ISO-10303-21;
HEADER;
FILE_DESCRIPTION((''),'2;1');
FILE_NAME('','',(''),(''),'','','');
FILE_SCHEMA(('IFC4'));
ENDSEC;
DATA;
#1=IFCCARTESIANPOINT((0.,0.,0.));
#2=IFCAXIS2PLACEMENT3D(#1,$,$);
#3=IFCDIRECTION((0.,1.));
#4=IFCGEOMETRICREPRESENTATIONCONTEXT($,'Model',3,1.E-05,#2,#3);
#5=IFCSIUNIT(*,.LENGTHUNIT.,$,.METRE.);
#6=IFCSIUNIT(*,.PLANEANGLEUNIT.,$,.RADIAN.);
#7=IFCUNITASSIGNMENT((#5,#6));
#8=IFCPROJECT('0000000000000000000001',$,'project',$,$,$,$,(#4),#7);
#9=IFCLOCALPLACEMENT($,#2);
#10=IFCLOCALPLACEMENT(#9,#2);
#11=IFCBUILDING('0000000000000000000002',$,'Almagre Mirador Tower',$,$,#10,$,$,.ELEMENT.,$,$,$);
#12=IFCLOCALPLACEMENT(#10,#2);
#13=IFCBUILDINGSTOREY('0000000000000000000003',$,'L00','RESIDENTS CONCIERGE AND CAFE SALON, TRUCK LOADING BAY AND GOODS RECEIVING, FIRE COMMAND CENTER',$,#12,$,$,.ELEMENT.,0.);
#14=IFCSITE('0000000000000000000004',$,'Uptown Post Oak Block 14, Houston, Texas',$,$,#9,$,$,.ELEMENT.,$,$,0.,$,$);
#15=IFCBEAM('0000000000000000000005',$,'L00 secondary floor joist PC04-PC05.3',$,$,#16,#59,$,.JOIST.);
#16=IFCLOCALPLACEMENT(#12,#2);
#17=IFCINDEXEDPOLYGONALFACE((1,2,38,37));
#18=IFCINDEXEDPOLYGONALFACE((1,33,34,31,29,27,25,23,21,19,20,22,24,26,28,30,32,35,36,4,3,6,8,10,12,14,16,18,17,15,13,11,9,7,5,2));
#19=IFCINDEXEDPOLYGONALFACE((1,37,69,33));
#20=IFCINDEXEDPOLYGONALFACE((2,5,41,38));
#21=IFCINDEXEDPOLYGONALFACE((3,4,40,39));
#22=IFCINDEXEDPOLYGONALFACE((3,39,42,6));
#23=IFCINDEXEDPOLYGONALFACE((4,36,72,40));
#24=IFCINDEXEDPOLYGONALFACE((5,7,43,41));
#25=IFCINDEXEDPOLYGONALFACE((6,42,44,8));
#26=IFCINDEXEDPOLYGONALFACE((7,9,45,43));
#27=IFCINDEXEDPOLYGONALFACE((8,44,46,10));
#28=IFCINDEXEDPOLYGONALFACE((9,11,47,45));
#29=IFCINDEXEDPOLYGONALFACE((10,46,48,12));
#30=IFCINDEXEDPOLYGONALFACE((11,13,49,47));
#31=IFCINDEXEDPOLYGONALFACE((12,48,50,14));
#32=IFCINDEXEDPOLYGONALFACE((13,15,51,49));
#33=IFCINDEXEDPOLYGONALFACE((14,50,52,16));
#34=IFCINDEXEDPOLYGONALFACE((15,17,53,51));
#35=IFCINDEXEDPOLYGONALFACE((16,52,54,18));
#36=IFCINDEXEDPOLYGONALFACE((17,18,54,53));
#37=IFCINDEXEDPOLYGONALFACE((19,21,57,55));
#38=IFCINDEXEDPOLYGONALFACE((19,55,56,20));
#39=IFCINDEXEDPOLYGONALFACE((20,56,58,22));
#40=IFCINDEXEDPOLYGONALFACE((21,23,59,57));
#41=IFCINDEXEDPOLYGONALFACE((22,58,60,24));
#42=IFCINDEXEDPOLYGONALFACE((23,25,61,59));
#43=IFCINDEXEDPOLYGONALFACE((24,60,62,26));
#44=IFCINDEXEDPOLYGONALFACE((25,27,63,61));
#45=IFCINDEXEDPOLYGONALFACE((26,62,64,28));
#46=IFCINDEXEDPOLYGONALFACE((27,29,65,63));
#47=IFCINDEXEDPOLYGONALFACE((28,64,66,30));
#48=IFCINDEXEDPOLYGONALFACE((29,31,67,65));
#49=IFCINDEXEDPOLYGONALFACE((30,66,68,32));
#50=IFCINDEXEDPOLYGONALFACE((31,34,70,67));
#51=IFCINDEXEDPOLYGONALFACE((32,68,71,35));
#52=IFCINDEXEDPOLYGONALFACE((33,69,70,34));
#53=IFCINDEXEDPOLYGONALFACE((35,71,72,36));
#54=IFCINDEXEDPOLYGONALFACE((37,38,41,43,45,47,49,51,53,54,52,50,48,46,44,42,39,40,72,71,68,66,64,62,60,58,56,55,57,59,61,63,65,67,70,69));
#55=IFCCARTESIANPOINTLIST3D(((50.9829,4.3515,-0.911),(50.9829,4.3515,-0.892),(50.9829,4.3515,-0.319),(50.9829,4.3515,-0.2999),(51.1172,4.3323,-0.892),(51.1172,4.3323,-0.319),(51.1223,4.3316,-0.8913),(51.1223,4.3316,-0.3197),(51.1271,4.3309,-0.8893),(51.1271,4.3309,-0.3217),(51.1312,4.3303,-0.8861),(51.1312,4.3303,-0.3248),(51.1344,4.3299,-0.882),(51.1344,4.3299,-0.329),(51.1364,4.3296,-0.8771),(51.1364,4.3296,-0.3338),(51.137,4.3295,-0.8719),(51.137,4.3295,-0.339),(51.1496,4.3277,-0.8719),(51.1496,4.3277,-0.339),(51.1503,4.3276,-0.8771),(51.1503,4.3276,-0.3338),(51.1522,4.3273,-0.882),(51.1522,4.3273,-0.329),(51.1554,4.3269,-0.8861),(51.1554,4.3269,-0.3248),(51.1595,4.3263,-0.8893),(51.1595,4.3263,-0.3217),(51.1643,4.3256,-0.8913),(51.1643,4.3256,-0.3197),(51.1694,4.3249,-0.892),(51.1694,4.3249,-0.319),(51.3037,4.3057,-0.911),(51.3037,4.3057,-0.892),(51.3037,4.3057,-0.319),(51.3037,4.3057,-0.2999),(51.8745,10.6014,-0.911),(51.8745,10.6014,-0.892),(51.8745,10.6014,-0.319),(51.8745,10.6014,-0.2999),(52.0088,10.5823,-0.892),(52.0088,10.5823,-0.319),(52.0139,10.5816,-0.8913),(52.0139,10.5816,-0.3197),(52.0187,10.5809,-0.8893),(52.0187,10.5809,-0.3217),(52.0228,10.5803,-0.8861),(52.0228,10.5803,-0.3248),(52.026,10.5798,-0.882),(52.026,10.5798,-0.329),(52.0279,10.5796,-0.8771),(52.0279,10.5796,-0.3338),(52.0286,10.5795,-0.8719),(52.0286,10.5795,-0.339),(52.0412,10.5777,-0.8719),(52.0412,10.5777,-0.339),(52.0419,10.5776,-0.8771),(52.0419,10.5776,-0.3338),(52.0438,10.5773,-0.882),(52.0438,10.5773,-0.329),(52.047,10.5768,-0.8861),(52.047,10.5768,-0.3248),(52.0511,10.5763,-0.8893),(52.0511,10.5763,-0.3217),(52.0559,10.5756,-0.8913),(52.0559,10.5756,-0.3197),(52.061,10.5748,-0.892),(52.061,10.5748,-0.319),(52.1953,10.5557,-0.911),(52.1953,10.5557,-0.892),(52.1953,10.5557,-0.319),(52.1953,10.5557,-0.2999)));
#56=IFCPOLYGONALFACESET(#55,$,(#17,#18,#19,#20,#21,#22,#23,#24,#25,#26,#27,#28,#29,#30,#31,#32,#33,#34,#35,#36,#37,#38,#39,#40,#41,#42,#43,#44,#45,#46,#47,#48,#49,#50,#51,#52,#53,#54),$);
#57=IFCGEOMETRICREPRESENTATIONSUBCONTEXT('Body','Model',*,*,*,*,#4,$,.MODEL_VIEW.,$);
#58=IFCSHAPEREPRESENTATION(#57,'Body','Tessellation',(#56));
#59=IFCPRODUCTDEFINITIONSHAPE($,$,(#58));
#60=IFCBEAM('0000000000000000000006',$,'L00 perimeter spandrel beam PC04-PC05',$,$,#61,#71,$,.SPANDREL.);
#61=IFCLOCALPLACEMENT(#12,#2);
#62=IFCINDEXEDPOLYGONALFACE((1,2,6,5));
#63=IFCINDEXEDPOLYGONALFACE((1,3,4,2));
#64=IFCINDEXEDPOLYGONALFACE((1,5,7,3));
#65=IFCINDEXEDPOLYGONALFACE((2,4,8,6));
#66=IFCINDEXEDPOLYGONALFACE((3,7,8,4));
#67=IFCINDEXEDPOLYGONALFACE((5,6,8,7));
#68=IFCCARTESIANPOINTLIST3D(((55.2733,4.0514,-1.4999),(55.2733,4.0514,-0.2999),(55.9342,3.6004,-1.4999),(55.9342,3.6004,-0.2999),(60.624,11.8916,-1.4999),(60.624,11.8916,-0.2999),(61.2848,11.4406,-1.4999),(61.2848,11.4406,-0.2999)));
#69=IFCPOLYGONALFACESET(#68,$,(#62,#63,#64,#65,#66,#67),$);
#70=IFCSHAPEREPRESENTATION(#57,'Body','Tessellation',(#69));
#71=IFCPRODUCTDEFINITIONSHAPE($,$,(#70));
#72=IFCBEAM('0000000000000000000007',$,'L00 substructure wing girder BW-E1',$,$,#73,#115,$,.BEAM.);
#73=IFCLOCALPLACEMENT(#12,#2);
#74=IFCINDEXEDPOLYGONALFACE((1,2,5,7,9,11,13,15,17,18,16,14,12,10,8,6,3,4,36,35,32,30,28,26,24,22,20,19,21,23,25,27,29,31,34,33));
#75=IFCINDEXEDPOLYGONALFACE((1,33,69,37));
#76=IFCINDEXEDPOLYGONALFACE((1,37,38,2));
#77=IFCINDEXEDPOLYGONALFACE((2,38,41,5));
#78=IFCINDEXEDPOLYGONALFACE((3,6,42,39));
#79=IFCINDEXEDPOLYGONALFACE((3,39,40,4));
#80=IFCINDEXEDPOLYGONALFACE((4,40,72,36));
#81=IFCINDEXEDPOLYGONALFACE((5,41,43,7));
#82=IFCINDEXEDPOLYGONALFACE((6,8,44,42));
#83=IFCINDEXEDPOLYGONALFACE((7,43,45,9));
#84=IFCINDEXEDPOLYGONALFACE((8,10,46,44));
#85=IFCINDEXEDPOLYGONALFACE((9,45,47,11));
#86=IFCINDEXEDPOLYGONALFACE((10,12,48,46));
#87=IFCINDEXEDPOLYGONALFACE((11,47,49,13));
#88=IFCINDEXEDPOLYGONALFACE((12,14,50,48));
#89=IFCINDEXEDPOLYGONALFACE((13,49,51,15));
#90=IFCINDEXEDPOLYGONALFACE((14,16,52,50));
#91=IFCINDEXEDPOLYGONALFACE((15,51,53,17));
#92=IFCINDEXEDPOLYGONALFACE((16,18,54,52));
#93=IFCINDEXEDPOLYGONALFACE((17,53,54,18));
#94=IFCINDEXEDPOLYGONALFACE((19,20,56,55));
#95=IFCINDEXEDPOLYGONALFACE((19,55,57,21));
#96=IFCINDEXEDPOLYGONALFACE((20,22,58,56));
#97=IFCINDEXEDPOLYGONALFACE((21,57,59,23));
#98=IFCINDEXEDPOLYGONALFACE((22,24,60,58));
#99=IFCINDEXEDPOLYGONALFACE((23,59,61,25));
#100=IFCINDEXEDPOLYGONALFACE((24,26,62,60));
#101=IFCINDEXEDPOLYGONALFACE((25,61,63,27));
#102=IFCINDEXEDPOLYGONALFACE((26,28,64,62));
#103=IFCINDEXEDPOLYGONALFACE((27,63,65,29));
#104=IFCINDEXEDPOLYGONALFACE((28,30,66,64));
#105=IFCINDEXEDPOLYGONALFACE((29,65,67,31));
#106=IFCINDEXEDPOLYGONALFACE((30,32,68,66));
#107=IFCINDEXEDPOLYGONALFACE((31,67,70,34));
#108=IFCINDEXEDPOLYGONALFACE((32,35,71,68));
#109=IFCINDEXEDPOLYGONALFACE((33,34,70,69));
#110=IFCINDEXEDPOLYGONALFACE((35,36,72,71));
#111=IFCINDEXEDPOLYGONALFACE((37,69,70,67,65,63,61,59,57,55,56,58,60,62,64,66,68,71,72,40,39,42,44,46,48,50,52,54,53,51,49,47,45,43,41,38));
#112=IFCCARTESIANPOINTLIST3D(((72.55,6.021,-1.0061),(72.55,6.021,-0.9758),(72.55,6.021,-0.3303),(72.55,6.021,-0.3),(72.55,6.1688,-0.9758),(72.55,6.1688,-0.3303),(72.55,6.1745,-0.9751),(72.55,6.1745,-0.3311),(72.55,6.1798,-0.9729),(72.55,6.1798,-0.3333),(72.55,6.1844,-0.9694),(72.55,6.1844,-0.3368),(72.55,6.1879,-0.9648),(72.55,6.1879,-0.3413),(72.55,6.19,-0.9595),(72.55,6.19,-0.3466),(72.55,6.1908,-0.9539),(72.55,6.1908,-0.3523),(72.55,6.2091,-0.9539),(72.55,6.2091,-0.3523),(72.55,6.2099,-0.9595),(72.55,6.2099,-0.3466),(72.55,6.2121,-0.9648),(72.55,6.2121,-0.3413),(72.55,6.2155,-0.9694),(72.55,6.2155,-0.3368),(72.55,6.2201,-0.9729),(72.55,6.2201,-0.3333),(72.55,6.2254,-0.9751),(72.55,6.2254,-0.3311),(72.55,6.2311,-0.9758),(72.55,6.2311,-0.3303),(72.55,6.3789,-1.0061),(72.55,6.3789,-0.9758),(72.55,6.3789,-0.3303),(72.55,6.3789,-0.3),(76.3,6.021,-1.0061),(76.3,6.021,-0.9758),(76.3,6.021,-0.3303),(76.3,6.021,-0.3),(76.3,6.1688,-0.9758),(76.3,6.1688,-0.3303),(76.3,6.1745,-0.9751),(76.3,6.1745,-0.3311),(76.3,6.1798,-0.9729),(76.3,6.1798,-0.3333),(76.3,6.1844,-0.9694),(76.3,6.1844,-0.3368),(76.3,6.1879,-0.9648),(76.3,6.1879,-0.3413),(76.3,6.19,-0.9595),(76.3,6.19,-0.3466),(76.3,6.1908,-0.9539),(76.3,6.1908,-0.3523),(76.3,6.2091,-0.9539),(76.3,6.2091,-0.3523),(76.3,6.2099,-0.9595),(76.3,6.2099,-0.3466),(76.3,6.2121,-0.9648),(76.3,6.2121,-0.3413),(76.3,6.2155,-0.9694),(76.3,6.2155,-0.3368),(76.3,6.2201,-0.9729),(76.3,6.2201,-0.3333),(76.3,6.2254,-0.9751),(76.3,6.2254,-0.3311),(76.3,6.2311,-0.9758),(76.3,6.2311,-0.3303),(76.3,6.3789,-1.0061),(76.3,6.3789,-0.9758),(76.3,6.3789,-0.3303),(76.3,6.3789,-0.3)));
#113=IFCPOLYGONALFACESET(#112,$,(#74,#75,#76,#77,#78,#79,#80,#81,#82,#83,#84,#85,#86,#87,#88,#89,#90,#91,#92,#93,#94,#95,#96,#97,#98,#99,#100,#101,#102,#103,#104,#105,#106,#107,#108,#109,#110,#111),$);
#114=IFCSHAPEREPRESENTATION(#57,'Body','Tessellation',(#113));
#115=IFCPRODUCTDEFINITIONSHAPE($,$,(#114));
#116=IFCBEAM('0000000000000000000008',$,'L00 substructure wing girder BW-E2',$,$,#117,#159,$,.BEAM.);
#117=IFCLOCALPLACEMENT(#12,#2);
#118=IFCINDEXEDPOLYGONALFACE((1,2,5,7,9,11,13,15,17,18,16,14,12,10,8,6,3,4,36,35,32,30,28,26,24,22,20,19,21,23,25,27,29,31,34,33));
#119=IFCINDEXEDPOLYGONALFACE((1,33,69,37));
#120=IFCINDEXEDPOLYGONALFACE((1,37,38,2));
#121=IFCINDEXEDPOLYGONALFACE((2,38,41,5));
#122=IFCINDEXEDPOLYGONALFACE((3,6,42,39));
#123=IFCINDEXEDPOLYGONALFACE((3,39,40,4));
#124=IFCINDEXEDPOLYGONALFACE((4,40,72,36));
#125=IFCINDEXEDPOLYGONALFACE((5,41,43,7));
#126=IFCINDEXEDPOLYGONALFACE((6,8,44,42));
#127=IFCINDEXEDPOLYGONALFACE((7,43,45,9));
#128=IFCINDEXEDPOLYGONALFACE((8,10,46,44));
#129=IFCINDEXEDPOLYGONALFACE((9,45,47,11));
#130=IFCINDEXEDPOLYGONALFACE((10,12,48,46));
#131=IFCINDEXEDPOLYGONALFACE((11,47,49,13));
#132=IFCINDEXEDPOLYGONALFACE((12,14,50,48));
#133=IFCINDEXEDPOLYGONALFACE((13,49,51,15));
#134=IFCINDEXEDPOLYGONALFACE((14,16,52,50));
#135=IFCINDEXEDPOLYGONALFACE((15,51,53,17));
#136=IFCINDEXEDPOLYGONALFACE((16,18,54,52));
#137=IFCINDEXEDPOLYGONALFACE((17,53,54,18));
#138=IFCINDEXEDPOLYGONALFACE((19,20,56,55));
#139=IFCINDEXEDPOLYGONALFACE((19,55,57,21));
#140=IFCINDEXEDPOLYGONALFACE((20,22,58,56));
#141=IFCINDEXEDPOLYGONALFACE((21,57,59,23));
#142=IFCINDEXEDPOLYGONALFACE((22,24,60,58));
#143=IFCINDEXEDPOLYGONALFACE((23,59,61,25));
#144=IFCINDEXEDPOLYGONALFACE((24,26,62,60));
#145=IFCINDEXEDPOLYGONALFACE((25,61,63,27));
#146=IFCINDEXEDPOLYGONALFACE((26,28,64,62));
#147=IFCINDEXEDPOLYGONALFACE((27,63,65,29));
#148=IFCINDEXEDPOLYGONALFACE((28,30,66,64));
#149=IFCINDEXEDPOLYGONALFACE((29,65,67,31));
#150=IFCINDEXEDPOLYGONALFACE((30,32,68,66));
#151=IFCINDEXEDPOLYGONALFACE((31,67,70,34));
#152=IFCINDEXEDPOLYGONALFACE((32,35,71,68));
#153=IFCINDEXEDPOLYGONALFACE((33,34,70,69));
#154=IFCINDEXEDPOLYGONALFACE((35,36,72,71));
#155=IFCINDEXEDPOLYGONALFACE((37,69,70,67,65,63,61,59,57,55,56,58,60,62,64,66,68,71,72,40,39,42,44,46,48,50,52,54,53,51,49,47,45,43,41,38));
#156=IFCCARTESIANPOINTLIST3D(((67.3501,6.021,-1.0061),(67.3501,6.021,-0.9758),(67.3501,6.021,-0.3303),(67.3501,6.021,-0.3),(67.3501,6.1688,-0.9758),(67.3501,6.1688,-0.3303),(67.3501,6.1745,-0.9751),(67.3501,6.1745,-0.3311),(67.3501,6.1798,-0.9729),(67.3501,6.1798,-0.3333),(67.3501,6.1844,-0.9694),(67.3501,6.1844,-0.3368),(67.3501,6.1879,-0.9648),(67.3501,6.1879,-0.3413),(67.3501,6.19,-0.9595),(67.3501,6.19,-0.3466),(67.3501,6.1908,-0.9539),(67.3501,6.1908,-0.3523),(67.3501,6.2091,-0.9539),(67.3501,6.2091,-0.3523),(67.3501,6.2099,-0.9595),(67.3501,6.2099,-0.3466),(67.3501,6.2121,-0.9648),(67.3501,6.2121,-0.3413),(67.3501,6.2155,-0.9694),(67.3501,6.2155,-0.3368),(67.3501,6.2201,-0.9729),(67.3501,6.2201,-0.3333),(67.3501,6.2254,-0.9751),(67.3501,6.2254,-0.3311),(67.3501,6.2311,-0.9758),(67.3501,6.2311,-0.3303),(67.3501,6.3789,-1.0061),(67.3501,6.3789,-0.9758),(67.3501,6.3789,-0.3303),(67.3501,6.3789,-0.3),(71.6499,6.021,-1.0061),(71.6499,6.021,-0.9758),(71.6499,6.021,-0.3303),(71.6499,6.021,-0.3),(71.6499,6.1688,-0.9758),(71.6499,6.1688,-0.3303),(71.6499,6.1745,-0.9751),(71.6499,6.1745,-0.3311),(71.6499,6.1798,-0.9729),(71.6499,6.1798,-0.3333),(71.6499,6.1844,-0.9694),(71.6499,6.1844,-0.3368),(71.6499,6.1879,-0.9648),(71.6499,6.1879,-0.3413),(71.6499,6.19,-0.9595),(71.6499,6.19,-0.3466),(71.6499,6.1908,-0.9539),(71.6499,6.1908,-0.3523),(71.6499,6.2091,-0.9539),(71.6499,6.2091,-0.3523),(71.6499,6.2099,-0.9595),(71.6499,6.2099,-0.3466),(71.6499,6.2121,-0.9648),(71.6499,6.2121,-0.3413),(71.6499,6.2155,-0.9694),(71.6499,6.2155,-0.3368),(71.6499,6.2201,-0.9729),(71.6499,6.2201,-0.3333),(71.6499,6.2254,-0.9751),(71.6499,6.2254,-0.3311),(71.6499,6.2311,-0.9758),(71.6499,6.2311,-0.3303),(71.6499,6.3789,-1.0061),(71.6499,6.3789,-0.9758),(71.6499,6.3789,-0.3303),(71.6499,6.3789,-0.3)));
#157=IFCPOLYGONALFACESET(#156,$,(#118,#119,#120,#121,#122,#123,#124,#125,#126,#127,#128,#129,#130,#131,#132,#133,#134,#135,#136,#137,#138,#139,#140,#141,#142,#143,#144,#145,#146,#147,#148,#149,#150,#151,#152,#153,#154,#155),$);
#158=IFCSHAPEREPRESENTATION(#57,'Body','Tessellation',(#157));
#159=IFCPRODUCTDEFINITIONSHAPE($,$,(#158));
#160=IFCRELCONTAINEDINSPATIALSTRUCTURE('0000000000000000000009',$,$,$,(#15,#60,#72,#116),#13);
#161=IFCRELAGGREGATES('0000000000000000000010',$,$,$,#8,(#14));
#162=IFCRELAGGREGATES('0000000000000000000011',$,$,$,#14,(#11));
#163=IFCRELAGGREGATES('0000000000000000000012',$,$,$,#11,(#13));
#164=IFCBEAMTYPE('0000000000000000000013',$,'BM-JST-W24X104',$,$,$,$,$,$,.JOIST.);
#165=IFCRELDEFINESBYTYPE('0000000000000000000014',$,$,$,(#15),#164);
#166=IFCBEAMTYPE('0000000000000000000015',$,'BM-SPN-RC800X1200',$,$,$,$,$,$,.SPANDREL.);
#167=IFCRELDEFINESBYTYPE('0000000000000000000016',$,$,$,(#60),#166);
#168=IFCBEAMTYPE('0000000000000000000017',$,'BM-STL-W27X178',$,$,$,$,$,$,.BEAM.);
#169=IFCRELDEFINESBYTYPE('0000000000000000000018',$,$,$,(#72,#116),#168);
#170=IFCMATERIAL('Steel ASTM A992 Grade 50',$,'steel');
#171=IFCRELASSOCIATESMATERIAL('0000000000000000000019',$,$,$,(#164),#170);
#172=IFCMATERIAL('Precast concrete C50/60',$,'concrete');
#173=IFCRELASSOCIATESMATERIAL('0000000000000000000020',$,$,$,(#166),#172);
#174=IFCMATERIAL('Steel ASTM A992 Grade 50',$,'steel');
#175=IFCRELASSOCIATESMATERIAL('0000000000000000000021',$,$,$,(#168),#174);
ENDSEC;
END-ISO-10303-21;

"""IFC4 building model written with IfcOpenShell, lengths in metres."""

from ifc_helpers import new_model, si_unit, direction, frame, origin, origin_2d, place, context, subcontext, project, spatial, rectangle, i_section, extrude, material, material_profile, profile_set, type_object, element, save


model = new_model("IFC4")

# Units and contexts
model_context = context("Model", 3, precision=1e-05, world=origin(), true_north=direction((0.0, 1.0)))
body_context = subcontext(model_context, "Body", "Model", "MODEL_VIEW")
ifc_project = project(units=[si_unit("LENGTHUNIT", "METRE"), si_unit("PLANEANGLEUNIT", "RADIAN")], contexts=[model_context])

# Site, building, storey
site_placement = place(None, origin())
site = spatial("IfcSite", under=ifc_project, at=site_placement, Name="Uptown Post Oak Block 14, Houston, Texas", CompositionType="ELEMENT", RefElevation=0.0)
building_placement = place(site_placement, origin())
building = spatial("IfcBuilding", under=site, at=building_placement, Name="Almagre Mirador Tower", CompositionType="ELEMENT")
storey_placement = place(building_placement, origin())
storey = spatial("IfcBuildingStorey", under=building, at=storey_placement, Name="L00", Description="RESIDENTS CONCIERGE AND CAFE SALON, TRUCK LOADING BAY AND GOODS RECEIVING, FIRE COMMAND CENTER", CompositionType="ELEMENT", Elevation=0.0)

# Beams
ifc_material_1 = material(Name="Steel ASTM A992 Grade 50", Category="steel")
ifc_material_profile_1 = material_profile(ifc_material_1, i_section(OverallWidth=0.324, OverallDepth=0.6111, WebThickness=0.0127, FlangeThickness=0.019, FilletRadius=0.02, at=origin_2d()), Name="W24X104")
ifc_profile_set_1 = profile_set([ifc_material_profile_1], Name="Steel ASTM A992 Grade 50")
beam_type_1 = type_object("IfcBeamType", Name="BM-JST-W24X104", PredefinedType="JOIST", material=ifc_profile_set_1)
beam_1_placement = place(storey_placement, frame((51.1433, 4.3286, -0.6055), z_axis=(0.141226, 0.989977, 0.0), x_axis=(-0.989977, 0.141226, 0.0)))
element("IfcBeam", 1, at=beam_1_placement, inside=storey, type_object=beam_type_1, Name="L00 secondary floor joist PC04-PC05.3", PredefinedType="JOIST", context=body_context, shape_type="SweptSolid", body=[
    extrude(i_section(OverallWidth=0.324, OverallDepth=0.6111, WebThickness=0.0127, FlangeThickness=0.019, FilletRadius=0.02, at=origin_2d()), origin(), (0.0, 0.0, 1.0), 6.3132),
])
ifc_material_2 = material(Name="Precast concrete C50/60", Category="concrete")
ifc_material_profile_2 = material_profile(ifc_material_2, rectangle(XDim=0.8, YDim=1.2, at=origin_2d()), Name="RC800X1200")
ifc_profile_set_2 = profile_set([ifc_material_profile_2], Name="Precast concrete C50/60")
beam_type_2 = type_object("IfcBeamType", Name="BM-SPN-RC800X1200", PredefinedType="SPANDREL", material=ifc_profile_set_2)
beam_2_placement = place(storey_placement, frame((55.6038, 3.8259, -0.8999), z_axis=(0.563702, 0.825979, 0.0), x_axis=(-0.825979, 0.563702, 0.0)))
element("IfcBeam", 2, at=beam_2_placement, inside=storey, type_object=beam_type_2, Name="L00 perimeter spandrel beam PC04-PC05", PredefinedType="SPANDREL", context=body_context, shape_type="SweptSolid", body=[
    extrude(rectangle(XDim=0.8, YDim=1.2, at=origin_2d()), origin(), (0.0, 0.0, 1.0), 9.4919),
])
ifc_material_3 = material(Name="Steel ASTM A992 Grade 50", Category="steel")
ifc_material_profile_3 = material_profile(ifc_material_3, i_section(OverallWidth=0.3579, OverallDepth=0.7061, WebThickness=0.0183, FlangeThickness=0.0303, FilletRadius=0.022, at=origin_2d()), Name="W27X178")
ifc_profile_set_3 = profile_set([ifc_material_profile_3], Name="Steel ASTM A992 Grade 50")
beam_type_3 = type_object("IfcBeamType", Name="BM-STL-W27X178", PredefinedType="BEAM", material=ifc_profile_set_3)
beam_3_placement = place(storey_placement, frame((76.3, 6.2, -0.6531), z_axis=(-1.0, 0.0, 0.0), x_axis=(0.0, -1.0, 0.0)))
element("IfcBeam", 3, at=beam_3_placement, inside=storey, type_object=beam_type_3, Name="L00 substructure wing girder BW-E1", PredefinedType="BEAM", context=body_context, shape_type="SweptSolid", body=[
    extrude(i_section(OverallWidth=0.3579, OverallDepth=0.7061, WebThickness=0.0183, FlangeThickness=0.0303, FilletRadius=0.022, at=origin_2d()), origin(), (0.0, 0.0, 1.0), 3.75),
])
beam_4_placement = place(storey_placement, frame((71.6499, 6.2, -0.6531), z_axis=(-1.0, 0.0, 0.0), x_axis=(0.0, -1.0, 0.0)))
element("IfcBeam", 4, at=beam_4_placement, inside=storey, type_object=beam_type_3, Name="L00 substructure wing girder BW-E2", PredefinedType="BEAM", context=body_context, shape_type="SweptSolid", body=[
    extrude(i_section(OverallWidth=0.3579, OverallDepth=0.7061, WebThickness=0.0183, FlangeThickness=0.0303, FilletRadius=0.022, at=origin_2d()), origin(), (0.0, 0.0, 1.0), 4.2998),
])

save(model, "model.ifc")
